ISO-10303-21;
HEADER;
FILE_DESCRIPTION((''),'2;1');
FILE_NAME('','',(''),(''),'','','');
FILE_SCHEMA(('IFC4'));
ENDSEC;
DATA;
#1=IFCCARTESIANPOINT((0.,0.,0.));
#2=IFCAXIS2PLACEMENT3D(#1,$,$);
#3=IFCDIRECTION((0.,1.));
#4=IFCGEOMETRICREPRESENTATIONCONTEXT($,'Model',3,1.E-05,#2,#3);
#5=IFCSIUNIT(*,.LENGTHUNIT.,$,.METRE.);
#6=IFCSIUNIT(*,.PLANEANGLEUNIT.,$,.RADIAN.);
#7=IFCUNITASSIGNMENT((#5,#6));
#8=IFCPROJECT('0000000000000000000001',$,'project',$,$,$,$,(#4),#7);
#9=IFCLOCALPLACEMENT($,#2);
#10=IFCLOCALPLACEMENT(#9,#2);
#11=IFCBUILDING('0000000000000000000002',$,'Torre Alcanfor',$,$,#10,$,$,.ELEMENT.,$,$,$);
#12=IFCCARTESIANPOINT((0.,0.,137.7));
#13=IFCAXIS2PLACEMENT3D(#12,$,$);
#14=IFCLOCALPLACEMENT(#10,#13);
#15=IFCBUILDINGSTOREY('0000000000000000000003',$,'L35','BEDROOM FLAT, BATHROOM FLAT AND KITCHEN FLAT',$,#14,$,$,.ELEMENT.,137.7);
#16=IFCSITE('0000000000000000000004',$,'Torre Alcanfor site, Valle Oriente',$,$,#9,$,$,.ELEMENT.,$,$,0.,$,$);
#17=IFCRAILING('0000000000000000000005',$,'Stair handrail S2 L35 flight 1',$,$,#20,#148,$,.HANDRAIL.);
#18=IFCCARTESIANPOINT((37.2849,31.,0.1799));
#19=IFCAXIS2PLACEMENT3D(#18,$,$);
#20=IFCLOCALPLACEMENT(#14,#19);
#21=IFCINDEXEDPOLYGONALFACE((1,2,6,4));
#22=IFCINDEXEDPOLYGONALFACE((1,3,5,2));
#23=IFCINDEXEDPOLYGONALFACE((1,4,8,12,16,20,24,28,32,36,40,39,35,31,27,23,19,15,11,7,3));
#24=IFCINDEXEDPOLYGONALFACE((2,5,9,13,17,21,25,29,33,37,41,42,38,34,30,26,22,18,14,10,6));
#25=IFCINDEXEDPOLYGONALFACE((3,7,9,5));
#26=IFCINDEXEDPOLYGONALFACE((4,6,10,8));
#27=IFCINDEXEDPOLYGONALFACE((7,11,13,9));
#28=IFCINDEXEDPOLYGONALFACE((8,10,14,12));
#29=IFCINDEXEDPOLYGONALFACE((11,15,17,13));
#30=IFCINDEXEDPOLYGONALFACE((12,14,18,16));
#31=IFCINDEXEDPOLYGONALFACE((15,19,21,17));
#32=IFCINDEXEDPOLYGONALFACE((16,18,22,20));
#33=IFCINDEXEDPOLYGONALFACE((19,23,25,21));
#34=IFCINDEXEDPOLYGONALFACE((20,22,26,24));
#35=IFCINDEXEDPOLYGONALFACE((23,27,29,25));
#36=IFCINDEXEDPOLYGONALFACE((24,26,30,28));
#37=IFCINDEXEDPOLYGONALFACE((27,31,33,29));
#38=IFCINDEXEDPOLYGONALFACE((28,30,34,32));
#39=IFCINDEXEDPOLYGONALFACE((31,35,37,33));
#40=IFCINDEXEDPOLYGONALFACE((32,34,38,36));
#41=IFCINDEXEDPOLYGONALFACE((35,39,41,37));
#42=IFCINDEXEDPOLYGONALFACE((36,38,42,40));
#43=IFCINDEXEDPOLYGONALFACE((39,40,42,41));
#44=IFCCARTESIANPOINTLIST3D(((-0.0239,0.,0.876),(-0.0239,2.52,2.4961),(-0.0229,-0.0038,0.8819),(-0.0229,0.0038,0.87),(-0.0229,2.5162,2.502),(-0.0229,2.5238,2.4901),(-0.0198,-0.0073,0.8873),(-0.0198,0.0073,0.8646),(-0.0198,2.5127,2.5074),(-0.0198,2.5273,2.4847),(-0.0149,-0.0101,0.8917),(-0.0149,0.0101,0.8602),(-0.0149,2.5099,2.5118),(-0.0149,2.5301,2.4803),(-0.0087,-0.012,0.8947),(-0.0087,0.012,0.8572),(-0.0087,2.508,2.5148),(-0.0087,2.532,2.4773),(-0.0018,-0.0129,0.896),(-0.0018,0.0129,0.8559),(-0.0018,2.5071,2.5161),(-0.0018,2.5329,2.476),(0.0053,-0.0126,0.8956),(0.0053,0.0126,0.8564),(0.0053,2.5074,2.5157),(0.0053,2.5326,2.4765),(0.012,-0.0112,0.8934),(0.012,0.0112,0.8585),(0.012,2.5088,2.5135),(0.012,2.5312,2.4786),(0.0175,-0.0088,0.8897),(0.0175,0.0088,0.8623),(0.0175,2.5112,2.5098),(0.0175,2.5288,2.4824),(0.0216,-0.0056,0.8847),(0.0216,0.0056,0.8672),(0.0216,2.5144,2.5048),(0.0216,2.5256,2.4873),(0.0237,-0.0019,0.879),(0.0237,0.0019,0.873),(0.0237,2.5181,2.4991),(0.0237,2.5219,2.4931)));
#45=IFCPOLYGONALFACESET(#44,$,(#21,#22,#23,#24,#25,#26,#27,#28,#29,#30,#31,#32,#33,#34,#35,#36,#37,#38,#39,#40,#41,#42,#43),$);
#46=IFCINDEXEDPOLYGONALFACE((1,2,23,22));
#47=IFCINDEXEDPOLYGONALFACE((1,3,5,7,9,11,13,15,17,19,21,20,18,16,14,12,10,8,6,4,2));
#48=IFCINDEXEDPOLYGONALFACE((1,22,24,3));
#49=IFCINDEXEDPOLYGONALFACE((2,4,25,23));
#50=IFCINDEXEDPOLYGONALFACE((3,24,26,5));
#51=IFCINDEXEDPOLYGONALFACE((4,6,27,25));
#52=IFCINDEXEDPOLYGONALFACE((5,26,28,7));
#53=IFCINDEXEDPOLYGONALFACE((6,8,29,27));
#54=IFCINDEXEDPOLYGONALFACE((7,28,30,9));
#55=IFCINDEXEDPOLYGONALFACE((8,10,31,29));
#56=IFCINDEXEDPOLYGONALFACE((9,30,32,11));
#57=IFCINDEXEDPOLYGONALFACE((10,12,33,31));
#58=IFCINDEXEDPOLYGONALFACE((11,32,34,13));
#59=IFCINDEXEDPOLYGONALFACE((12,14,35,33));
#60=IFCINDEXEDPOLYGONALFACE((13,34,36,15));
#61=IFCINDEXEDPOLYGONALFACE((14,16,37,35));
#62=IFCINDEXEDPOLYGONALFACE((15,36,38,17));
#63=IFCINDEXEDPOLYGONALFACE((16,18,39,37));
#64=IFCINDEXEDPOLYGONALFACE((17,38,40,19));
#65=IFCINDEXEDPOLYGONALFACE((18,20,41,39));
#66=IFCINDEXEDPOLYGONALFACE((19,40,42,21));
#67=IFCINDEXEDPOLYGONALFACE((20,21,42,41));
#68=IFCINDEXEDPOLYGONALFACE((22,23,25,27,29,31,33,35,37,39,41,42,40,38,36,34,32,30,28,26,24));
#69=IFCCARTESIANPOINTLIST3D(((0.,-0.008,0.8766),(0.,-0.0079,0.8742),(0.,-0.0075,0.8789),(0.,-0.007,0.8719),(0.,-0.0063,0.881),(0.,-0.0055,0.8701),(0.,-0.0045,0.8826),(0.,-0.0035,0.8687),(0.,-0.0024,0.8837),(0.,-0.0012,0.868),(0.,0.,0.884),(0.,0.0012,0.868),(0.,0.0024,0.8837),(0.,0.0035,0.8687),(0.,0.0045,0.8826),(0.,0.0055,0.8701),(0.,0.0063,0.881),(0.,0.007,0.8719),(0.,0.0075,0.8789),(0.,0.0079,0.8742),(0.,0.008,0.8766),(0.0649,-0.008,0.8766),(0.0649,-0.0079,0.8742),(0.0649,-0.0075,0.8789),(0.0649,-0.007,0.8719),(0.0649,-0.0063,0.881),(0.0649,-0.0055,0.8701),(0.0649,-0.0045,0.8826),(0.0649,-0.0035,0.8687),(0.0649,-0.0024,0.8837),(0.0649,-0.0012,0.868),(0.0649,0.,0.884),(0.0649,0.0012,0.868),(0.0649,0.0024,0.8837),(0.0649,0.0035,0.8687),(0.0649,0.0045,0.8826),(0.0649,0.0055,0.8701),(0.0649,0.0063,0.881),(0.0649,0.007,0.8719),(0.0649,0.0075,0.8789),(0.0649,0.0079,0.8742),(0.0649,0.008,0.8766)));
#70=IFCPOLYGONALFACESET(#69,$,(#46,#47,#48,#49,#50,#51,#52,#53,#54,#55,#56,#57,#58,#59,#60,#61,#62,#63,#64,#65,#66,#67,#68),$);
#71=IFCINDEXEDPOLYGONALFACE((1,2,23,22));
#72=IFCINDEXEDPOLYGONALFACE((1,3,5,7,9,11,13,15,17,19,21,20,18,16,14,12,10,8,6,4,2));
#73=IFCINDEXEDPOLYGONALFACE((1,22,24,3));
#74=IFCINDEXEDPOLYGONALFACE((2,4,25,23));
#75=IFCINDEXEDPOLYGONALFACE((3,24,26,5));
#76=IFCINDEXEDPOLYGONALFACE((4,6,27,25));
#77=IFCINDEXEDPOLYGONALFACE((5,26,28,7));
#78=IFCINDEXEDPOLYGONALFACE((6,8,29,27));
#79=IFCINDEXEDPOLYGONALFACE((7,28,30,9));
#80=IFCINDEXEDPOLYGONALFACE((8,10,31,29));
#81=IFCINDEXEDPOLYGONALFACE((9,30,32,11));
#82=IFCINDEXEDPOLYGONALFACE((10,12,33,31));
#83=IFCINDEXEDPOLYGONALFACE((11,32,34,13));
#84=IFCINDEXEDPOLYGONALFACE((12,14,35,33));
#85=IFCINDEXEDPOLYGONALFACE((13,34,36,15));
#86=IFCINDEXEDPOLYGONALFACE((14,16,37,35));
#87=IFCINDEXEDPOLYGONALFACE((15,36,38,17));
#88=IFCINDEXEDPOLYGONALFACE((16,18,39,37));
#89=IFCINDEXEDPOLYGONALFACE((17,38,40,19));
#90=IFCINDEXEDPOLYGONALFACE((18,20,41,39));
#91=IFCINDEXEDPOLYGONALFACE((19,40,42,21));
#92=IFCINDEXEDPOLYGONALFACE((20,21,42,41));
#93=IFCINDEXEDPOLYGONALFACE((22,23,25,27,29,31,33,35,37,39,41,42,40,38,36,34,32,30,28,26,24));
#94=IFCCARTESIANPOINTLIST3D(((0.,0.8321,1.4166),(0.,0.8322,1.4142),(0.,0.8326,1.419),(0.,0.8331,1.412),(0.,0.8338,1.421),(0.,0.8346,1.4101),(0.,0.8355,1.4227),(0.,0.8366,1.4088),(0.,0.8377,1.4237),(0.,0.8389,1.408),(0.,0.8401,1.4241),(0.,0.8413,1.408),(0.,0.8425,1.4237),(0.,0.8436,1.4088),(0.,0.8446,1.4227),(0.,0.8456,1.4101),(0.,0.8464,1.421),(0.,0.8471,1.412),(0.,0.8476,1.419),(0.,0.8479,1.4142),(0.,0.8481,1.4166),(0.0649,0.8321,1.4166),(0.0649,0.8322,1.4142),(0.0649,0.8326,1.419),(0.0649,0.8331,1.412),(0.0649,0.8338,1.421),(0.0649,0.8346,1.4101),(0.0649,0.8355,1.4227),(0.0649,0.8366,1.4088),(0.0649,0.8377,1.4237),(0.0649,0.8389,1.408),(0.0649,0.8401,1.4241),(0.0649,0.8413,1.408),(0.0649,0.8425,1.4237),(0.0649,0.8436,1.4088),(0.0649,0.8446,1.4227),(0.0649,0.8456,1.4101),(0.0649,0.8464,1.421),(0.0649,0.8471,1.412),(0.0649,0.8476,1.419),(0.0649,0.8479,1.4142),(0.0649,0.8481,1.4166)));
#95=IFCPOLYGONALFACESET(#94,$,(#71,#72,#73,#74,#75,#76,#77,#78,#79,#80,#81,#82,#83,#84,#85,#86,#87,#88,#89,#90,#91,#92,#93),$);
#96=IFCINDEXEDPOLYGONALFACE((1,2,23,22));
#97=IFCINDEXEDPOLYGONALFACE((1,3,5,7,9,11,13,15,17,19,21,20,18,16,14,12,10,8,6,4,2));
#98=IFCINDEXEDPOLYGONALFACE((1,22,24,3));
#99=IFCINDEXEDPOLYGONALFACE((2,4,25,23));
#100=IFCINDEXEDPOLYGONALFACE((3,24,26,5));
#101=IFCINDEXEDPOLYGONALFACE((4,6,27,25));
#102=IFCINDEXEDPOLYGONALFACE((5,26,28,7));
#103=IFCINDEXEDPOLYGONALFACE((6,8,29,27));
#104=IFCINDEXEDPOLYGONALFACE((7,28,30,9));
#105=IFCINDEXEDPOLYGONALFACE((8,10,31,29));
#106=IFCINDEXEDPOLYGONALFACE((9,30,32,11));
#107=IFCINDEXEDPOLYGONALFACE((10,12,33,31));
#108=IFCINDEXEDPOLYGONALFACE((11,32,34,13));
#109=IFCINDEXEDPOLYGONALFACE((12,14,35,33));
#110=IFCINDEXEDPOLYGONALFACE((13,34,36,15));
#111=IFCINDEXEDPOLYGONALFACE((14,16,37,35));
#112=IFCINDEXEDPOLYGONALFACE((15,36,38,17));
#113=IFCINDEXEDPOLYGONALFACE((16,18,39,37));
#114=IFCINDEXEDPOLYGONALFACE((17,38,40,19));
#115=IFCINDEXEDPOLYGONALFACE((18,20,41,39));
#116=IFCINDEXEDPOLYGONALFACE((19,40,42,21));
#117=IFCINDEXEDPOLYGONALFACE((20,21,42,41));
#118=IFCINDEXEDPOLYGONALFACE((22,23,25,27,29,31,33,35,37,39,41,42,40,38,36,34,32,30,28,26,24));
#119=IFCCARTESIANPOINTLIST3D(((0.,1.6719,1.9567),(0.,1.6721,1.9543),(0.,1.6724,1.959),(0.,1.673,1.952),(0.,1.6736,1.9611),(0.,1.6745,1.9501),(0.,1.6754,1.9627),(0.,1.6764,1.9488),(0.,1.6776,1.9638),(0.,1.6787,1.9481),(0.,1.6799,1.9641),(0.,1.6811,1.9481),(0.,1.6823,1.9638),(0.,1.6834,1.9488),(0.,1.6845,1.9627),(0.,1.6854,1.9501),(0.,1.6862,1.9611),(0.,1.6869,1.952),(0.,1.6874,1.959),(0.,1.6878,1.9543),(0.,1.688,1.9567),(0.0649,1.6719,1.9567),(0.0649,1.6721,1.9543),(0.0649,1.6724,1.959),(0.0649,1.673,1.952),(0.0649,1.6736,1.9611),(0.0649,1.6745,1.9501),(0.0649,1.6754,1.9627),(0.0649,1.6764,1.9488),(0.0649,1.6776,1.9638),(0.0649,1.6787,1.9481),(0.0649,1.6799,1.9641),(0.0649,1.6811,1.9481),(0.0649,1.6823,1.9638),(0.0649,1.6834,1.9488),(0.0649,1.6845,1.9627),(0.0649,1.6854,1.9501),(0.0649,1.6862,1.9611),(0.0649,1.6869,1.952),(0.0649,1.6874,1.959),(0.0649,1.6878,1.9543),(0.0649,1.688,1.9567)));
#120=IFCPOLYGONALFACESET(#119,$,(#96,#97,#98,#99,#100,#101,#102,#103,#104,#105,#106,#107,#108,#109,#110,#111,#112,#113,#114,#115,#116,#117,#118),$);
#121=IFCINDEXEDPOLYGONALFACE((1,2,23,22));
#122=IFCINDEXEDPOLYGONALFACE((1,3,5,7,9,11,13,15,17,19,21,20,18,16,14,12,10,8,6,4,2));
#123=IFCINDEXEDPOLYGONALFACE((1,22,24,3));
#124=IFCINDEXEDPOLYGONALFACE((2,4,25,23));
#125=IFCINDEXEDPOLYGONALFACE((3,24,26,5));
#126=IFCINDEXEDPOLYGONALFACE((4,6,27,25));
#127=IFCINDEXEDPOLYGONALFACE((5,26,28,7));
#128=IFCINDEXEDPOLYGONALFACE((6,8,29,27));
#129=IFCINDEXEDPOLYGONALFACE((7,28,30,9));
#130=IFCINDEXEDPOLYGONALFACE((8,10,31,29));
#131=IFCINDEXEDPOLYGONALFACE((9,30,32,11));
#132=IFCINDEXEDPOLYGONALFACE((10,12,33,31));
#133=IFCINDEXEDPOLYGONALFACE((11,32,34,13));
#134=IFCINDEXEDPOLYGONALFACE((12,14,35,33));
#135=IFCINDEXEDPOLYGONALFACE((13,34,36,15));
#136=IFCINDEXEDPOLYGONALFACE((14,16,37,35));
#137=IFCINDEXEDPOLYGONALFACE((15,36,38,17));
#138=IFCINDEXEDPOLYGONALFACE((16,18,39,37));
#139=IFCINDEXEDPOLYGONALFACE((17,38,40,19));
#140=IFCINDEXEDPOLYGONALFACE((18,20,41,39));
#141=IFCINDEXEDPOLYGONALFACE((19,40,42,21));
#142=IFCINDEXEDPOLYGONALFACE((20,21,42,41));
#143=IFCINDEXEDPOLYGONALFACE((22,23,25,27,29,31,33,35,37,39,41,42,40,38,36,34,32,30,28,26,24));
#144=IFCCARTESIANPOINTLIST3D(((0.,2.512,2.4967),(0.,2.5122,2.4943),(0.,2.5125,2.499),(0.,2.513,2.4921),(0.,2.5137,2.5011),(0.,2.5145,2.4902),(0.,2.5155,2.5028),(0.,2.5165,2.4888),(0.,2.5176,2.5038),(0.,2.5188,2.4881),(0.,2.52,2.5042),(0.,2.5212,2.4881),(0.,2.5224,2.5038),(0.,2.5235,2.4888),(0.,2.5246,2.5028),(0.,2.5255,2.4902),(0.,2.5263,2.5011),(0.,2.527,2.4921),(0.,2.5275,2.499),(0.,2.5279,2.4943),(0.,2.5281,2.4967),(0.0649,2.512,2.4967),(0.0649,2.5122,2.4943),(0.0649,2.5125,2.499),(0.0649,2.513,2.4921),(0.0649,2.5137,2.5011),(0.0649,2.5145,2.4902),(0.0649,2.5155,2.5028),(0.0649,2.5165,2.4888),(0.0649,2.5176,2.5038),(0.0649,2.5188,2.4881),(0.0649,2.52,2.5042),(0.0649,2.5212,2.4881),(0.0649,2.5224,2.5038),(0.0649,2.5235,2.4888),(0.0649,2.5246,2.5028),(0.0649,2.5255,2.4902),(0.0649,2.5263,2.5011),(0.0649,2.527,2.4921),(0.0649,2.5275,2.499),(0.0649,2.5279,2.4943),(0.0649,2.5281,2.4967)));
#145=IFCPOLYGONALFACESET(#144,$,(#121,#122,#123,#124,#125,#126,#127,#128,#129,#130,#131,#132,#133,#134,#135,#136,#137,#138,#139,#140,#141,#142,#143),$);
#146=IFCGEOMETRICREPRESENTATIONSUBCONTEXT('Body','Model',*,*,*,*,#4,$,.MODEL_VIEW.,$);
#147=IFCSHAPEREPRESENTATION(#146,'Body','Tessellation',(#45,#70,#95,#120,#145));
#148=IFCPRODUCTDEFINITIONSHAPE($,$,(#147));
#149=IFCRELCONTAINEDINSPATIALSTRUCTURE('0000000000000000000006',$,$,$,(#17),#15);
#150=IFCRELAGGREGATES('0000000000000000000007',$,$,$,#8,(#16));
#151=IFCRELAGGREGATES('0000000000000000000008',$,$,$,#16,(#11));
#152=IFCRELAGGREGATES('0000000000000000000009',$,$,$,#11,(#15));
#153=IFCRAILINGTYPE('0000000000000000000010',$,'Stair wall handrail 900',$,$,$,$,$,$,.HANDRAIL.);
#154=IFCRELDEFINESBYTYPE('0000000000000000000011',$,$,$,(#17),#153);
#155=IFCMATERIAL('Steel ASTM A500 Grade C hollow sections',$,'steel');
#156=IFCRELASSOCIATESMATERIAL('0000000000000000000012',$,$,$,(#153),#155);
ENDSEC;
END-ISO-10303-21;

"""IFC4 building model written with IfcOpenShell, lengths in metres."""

from ifc_helpers import new_model, si_unit, direction, frame, origin, origin_2d, place, context, subcontext, project, spatial, circle, extrude, material, type_object, element, save


model = new_model("IFC4")

# Units and contexts
model_context = context("Model", 3, precision=1e-05, world=origin(), true_north=direction((0.0, 1.0)))
body_context = subcontext(model_context, "Body", "Model", "MODEL_VIEW")
ifc_project = project(units=[si_unit("LENGTHUNIT", "METRE"), si_unit("PLANEANGLEUNIT", "RADIAN")], contexts=[model_context])

# Site, building, storey
site_placement = place(None, origin())
site = spatial("IfcSite", under=ifc_project, at=site_placement, Name="Torre Alcanfor site, Valle Oriente", CompositionType="ELEMENT", RefElevation=0.0)
building_placement = place(site_placement, origin())
building = spatial("IfcBuilding", under=site, at=building_placement, Name="Torre Alcanfor", CompositionType="ELEMENT")
storey_placement = place(building_placement, frame((0.0, 0.0, 137.7)))
storey = spatial("IfcBuildingStorey", under=building, at=storey_placement, Name="L35", Description="BEDROOM FLAT, BATHROOM FLAT AND KITCHEN FLAT", CompositionType="ELEMENT", Elevation=137.7)

# Railing
ifc_material_1 = material(Name="Steel ASTM A500 Grade C hollow sections", Category="steel")
railing_type_1 = type_object("IfcRailingType", Name="Stair wall handrail 900", PredefinedType="HANDRAIL", material=ifc_material_1)
railing_1_placement = place(storey_placement, frame((37.2849, 31.0, 0.1799)))
element("IfcRailing", 1, at=railing_1_placement, inside=storey, type_object=railing_type_1, Name="Stair handrail S2 L35 flight 1", PredefinedType="HANDRAIL", context=body_context, shape_type="SweptSolid", body=[
    extrude(circle(Radius=0.0239, at=origin_2d()), frame((0.0, 0.0, 0.876), z_axis=(0.0, 0.841163, 0.540782), x_axis=(-1.0, 0.0, 0.0)), (0.0, 0.0, 1.0), 2.9958),
    extrude(circle(Radius=0.0081, at=origin_2d()), frame((0.0, 0.0, 0.876), z_axis=(1.0, 0.0, 0.0), x_axis=(0.0, 0.0, 1.0)), (0.0, 0.0, 1.0), 0.0649),
    extrude(circle(Radius=0.0081, at=origin_2d()), frame((0.0, 0.8401, 1.416), z_axis=(1.0, 0.0, 0.0), x_axis=(0.0, 0.0, 1.0)), (0.0, 0.0, 1.0), 0.0649),
    extrude(circle(Radius=0.0081, at=origin_2d()), frame((0.0, 1.6799, 1.9561), z_axis=(1.0, 0.0, 0.0), x_axis=(0.0, 0.0, 1.0)), (0.0, 0.0, 1.0), 0.0649),
    extrude(circle(Radius=0.0081, at=origin_2d()), frame((0.0, 2.52, 2.4961), z_axis=(1.0, 0.0, 0.0), x_axis=(0.0, 0.0, 1.0)), (0.0, 0.0, 1.0), 0.0649),
])

save(model, "model.ifc")
